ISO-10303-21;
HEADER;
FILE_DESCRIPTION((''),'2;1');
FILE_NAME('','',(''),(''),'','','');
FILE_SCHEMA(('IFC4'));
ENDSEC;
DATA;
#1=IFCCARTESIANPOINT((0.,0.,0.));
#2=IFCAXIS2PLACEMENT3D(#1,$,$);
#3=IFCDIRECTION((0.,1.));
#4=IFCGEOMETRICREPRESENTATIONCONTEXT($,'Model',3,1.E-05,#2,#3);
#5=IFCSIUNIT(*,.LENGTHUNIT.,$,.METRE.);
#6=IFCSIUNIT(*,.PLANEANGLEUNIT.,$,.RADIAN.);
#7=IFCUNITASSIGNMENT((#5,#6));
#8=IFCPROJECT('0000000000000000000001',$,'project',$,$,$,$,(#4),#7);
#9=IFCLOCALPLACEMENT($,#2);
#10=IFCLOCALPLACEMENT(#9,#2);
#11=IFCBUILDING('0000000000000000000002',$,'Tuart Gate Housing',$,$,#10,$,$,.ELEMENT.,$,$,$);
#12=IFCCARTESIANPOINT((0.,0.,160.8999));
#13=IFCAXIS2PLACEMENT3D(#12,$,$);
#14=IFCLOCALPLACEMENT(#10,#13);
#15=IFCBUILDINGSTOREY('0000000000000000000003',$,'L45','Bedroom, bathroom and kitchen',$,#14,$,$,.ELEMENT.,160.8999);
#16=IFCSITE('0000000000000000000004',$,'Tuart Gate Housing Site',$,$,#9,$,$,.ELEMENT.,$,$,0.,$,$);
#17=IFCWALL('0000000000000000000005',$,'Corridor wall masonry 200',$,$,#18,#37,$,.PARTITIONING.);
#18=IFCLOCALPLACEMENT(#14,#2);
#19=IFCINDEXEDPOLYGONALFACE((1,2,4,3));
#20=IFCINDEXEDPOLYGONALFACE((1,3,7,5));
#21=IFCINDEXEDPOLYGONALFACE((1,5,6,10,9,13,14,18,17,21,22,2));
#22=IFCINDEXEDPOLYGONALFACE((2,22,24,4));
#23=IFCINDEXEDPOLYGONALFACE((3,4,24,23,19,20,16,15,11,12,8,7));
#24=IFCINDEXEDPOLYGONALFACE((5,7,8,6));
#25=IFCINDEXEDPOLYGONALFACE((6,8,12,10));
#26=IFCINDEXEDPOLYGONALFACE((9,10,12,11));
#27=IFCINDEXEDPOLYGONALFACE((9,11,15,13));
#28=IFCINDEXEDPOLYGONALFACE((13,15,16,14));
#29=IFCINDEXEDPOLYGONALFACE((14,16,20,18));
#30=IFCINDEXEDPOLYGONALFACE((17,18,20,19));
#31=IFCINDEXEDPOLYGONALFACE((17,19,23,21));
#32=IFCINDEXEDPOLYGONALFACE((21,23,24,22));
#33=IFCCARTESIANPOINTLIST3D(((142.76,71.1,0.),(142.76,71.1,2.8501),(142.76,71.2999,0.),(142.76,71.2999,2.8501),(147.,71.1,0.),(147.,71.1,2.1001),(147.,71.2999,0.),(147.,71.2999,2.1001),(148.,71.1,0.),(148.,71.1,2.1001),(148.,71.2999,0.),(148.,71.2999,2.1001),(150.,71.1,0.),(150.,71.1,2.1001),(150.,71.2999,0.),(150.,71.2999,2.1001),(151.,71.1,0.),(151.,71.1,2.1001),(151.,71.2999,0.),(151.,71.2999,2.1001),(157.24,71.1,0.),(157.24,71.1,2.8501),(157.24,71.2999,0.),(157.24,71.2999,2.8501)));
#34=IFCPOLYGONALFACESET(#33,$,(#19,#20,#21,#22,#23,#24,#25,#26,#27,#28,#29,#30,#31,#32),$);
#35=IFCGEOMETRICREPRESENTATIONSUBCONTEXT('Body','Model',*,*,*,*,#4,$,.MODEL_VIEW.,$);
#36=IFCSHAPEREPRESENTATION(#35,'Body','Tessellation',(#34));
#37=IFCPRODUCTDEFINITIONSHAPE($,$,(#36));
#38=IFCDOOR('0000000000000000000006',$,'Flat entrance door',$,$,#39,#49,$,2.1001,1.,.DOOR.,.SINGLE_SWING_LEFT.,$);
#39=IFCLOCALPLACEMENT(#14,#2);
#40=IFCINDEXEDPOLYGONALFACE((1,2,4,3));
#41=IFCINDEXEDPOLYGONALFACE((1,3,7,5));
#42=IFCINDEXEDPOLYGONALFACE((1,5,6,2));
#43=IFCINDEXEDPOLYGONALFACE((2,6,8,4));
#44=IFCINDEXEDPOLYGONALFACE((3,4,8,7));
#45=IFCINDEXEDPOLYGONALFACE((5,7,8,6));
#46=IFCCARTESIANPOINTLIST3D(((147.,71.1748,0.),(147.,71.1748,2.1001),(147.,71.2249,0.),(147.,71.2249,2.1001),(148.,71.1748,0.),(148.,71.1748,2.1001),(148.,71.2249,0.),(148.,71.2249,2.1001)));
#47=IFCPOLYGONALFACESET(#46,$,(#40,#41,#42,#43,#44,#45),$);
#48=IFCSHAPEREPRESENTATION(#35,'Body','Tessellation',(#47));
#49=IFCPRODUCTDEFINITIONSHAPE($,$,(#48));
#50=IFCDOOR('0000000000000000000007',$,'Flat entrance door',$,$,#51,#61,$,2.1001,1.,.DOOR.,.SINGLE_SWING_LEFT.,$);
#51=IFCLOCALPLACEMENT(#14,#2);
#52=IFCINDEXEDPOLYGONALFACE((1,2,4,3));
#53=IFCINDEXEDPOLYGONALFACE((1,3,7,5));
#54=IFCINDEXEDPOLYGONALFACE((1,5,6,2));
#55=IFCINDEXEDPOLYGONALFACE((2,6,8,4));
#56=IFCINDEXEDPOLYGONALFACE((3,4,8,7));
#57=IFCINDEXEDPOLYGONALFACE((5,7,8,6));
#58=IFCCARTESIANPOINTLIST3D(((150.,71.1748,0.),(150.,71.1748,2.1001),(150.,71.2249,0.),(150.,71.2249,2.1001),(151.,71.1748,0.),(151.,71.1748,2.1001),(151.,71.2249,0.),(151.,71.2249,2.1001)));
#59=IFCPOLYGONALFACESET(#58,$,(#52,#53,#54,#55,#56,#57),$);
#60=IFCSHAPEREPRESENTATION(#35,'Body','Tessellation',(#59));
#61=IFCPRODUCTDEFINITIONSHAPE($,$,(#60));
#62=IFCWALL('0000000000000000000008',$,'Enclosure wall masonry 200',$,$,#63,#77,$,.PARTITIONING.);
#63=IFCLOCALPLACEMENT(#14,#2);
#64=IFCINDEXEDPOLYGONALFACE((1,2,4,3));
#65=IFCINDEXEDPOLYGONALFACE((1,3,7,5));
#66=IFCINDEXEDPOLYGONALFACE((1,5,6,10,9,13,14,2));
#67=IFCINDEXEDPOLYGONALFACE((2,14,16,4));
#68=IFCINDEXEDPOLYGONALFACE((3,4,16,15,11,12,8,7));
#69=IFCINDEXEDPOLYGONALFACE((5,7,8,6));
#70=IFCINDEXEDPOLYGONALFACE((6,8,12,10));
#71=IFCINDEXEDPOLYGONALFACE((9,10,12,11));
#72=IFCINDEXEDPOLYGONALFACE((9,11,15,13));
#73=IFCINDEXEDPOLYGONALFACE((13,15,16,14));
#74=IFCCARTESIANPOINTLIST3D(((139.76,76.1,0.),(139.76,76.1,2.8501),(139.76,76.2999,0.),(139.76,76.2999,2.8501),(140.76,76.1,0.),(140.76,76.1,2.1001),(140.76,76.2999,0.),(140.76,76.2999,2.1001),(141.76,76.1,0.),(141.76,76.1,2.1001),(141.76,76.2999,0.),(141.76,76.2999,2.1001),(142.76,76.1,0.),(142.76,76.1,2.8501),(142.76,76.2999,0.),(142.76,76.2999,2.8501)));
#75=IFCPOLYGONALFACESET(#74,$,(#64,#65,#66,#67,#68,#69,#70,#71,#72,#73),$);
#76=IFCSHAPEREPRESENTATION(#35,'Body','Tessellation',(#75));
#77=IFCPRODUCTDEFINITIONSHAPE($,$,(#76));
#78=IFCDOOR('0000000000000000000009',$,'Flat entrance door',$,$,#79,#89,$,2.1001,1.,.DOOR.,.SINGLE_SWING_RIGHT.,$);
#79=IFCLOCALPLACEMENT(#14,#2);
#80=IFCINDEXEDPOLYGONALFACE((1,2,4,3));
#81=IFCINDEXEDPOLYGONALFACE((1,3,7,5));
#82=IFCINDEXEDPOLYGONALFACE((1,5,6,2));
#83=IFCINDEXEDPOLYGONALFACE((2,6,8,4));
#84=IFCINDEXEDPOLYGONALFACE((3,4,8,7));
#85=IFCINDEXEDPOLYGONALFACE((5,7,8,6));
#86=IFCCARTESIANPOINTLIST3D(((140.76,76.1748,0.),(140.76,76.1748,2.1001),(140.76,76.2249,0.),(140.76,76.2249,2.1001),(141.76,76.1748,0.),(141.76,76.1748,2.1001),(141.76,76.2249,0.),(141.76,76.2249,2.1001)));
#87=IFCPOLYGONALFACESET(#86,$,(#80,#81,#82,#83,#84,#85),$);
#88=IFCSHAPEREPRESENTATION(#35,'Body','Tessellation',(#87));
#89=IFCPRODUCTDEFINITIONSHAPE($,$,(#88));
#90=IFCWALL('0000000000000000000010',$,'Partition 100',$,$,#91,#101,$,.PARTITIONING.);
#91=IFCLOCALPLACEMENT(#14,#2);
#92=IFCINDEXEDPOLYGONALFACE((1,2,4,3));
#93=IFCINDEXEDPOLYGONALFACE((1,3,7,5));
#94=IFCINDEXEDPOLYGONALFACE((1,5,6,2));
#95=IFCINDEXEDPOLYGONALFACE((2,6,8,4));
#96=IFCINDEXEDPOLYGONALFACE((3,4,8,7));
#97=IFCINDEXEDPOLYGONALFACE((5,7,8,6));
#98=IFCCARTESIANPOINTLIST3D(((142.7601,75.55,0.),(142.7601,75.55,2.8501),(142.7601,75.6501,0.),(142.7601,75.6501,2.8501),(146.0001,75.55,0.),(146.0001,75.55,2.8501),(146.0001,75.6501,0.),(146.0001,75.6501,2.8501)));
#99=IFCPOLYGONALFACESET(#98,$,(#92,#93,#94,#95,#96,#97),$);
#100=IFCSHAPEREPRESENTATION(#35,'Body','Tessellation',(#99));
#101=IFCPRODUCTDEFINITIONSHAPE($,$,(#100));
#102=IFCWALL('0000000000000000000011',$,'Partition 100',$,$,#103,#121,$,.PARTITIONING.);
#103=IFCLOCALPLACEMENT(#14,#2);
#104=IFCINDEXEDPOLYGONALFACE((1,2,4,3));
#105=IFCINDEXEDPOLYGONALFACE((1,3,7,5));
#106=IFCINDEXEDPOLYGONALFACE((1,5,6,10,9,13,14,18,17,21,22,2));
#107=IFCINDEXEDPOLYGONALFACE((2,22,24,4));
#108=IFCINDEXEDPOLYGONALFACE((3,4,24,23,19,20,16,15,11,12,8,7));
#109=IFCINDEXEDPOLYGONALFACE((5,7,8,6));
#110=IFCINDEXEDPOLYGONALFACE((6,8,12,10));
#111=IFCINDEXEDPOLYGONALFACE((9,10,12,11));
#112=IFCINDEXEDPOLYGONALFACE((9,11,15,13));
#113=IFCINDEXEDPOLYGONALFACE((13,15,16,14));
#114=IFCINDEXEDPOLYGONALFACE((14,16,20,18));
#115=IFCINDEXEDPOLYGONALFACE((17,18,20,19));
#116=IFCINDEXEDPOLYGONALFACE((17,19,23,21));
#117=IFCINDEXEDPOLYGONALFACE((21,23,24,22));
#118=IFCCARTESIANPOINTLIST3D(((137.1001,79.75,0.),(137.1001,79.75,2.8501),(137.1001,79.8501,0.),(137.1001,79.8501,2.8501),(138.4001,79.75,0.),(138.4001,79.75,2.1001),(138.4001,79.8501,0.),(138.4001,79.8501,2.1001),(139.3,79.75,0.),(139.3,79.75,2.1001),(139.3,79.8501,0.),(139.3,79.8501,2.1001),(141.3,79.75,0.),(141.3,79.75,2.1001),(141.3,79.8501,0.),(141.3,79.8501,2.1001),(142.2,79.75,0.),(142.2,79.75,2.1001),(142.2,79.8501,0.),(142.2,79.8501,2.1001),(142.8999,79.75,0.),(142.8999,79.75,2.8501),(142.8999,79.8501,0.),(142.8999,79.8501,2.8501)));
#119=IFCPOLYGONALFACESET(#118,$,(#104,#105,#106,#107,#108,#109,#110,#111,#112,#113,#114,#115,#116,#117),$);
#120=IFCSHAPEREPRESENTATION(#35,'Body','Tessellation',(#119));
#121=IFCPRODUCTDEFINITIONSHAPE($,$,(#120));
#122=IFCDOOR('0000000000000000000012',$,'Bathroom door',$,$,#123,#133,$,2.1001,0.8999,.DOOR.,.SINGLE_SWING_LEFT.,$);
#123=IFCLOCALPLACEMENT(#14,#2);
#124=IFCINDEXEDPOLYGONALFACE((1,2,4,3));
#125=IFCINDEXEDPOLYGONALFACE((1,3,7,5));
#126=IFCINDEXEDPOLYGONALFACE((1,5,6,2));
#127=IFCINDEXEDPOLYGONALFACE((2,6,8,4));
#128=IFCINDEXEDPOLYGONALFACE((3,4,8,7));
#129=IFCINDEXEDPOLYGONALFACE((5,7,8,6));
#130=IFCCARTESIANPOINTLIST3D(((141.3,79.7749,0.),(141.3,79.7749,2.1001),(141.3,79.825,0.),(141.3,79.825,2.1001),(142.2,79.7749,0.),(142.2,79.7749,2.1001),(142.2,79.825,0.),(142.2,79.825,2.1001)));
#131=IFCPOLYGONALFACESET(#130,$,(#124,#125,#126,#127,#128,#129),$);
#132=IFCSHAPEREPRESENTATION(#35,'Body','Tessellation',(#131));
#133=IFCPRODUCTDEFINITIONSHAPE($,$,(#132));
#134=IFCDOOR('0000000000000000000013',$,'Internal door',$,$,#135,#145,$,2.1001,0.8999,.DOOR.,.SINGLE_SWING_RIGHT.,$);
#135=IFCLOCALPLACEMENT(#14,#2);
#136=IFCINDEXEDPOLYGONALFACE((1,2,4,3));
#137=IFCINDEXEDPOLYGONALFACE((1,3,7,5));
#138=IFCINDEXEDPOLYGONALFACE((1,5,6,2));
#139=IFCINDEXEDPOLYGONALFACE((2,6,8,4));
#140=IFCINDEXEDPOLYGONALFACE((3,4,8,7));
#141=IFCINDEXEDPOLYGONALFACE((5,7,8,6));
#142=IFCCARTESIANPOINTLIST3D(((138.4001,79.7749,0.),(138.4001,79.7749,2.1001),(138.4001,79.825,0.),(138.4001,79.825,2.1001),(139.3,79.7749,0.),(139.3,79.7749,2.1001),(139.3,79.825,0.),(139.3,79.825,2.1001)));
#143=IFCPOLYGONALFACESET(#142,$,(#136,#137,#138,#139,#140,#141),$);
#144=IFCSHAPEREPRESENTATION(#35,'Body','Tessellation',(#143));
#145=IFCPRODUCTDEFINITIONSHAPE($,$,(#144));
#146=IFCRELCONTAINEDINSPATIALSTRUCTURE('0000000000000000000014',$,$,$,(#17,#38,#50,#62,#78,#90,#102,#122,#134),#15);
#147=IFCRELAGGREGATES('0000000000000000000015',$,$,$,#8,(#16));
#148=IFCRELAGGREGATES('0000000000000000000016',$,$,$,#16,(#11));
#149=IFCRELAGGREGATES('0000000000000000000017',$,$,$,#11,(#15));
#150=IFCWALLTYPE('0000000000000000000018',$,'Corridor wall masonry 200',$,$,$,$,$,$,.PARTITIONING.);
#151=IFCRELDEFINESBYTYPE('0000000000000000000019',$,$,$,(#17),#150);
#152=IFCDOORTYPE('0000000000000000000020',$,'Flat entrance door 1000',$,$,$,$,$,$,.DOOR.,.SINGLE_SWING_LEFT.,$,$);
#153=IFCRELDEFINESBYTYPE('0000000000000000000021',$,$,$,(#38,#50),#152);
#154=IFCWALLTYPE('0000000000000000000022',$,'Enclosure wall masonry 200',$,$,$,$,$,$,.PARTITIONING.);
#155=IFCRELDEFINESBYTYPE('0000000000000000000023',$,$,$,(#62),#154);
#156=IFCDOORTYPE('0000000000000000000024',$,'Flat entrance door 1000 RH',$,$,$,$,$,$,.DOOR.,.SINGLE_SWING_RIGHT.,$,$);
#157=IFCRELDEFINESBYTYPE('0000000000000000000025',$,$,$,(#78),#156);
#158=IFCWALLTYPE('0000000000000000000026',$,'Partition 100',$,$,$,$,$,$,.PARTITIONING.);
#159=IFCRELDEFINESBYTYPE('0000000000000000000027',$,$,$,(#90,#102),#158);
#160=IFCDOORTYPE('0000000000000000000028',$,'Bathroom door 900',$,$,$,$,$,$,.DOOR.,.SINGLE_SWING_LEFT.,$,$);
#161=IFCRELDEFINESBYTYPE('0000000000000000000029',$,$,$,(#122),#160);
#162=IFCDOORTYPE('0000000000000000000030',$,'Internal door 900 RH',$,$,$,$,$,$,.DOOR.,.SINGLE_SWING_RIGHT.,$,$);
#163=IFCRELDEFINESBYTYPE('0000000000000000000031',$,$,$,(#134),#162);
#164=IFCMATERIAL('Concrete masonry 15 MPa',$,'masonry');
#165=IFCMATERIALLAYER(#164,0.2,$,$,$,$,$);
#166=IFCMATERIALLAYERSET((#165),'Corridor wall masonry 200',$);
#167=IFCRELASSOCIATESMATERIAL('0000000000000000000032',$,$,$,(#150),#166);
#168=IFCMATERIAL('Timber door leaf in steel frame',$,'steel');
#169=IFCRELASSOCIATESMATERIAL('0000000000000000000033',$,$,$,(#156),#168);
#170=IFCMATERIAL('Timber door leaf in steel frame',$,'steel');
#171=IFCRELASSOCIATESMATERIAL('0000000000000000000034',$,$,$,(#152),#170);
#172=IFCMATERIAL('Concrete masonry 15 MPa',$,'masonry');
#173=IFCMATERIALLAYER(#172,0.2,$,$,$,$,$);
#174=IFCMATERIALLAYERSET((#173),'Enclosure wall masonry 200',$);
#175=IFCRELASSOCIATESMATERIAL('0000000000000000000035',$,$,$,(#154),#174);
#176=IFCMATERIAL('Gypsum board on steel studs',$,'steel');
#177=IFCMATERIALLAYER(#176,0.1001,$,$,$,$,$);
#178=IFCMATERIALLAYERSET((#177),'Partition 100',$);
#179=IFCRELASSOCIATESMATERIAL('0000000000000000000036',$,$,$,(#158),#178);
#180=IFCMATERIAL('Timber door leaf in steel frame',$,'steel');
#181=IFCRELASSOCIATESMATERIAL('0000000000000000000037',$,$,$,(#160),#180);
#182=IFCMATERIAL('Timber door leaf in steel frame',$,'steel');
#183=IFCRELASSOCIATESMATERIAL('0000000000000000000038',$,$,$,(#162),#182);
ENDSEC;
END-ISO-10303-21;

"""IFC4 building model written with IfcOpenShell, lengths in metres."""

from ifc_helpers import new_model, si_unit, direction, frame, frame_2d, origin, place, context, subcontext, project, spatial, rectangle, extrude, material, layer, layer_set, type_object, element, fill, save


model = new_model("IFC4")

# Units and contexts
model_context = context("Model", 3, precision=1e-05, world=origin(), true_north=direction((0.0, 1.0)))
body_context = subcontext(model_context, "Body", "Model", "MODEL_VIEW")
ifc_project = project(units=[si_unit("LENGTHUNIT", "METRE"), si_unit("PLANEANGLEUNIT", "RADIAN")], contexts=[model_context])

# Site, building, storey
site_placement = place(None, origin())
site = spatial("IfcSite", under=ifc_project, at=site_placement, Name="Tuart Gate Housing Site", CompositionType="ELEMENT", RefElevation=0.0)
building_placement = place(site_placement, origin())
building = spatial("IfcBuilding", under=site, at=building_placement, Name="Tuart Gate Housing", CompositionType="ELEMENT")
storey_placement = place(building_placement, frame((0.0, 0.0, 160.8999)))
storey = spatial("IfcBuildingStorey", under=building, at=storey_placement, Name="L45", Description="Bedroom, bathroom and kitchen", CompositionType="ELEMENT", Elevation=160.8999)

# Wall, openings, doors
ifc_material_1 = material(Name="Concrete masonry 15 MPa", Category="masonry")
ifc_layer_1 = layer(ifc_material_1, 0.2)
ifc_layer_set_1 = layer_set([ifc_layer_1], Name="Corridor wall masonry 200")
wall_type_1 = type_object("IfcWallType", Name="Corridor wall masonry 200", PredefinedType="PARTITIONING", material=ifc_layer_set_1)
ifc_material_2 = material(Name="Timber door leaf in steel frame", Category="steel")
door_type_1 = type_object("IfcDoorType", Name="Flat entrance door 1000 RH", OperationType="SINGLE_SWING_RIGHT", PredefinedType="DOOR", material=ifc_material_2)
wall_1_placement = place(storey_placement, frame((142.76, 71.2, 0.0), z_axis=(0.0, 0.0, 1.0), x_axis=(1.0, 0.0, 0.0)))
wall_1 = element("IfcWall", 1, at=wall_1_placement, inside=storey, type_object=wall_type_1, Name="Corridor wall masonry 200", PredefinedType="PARTITIONING", context=body_context, shape_type="SweptSolid", body=[
    extrude(rectangle(XDim=14.48, YDim=0.2, at=frame_2d((7.24, 0.0))), origin(), (0.0, 0.0, 1.0), 2.8501),
])
opening_1_placement = place(wall_1_placement, frame((4.24, 0.0, 0.0)))
opening_1 = element("IfcOpeningElement", 2, at=opening_1_placement, cuts=wall_1, PredefinedType="OPENING", context=body_context, shape_type="SweptSolid", body=[
    extrude(rectangle(XDim=1.0, YDim=2.1001, at=frame_2d((0.5, 1.05))), frame((0.0, 0.1099, 0.0), z_axis=(0.0, -1.0, 0.0), x_axis=(1.0, 0.0, 0.0)), (0.0, 0.0, 1.0), 0.22),
])
opening_2_placement = place(wall_1_placement, frame((7.24, 0.0, 0.0)))
opening_2 = element("IfcOpeningElement", 3, at=opening_2_placement, cuts=wall_1, PredefinedType="OPENING", context=body_context, shape_type="SweptSolid", body=[
    extrude(rectangle(XDim=1.0, YDim=2.1001, at=frame_2d((0.5, 1.05))), frame((0.0, 0.1099, 0.0), z_axis=(0.0, -1.0, 0.0), x_axis=(1.0, 0.0, 0.0)), (0.0, 0.0, 1.0), 0.22),
])
ifc_material_3 = material(Name="Timber door leaf in steel frame", Category="steel")
door_type_2 = type_object("IfcDoorType", Name="Flat entrance door 1000", OperationType="SINGLE_SWING_LEFT", PredefinedType="DOOR", material=ifc_material_3)
door_1_placement = place(opening_1_placement, origin())
door_1 = element("IfcDoor", 4, at=door_1_placement, inside=storey, type_object=door_type_2, Name="Flat entrance door", OperationType="SINGLE_SWING_LEFT", OverallHeight=2.1001, OverallWidth=1.0, PredefinedType="DOOR", context=body_context, shape_type="SweptSolid", body=[
    extrude(rectangle(XDim=1.0, YDim=2.1001, at=frame_2d((0.5, 1.05))), frame((0.0, 0.0249, 0.0), z_axis=(0.0, -1.0, 0.0), x_axis=(1.0, 0.0, 0.0)), (0.0, 0.0, 1.0), 0.05),
])
fill(opening_1, door_1)
door_2_placement = place(opening_2_placement, origin())
door_2 = element("IfcDoor", 5, at=door_2_placement, inside=storey, type_object=door_type_2, Name="Flat entrance door", OperationType="SINGLE_SWING_LEFT", OverallHeight=2.1001, OverallWidth=1.0, PredefinedType="DOOR", context=body_context, shape_type="SweptSolid", body=[
    extrude(rectangle(XDim=1.0, YDim=2.1001, at=frame_2d((0.5, 1.05))), frame((0.0, 0.0249, 0.0), z_axis=(0.0, -1.0, 0.0), x_axis=(1.0, 0.0, 0.0)), (0.0, 0.0, 1.0), 0.05),
])
fill(opening_2, door_2)

# Wall, opening, door
ifc_material_4 = material(Name="Concrete masonry 15 MPa", Category="masonry")
ifc_layer_2 = layer(ifc_material_4, 0.2)
ifc_layer_set_2 = layer_set([ifc_layer_2], Name="Enclosure wall masonry 200")
wall_type_2 = type_object("IfcWallType", Name="Enclosure wall masonry 200", PredefinedType="PARTITIONING", material=ifc_layer_set_2)
wall_2_placement = place(storey_placement, frame((139.76, 76.2, 0.0), z_axis=(0.0, 0.0, 1.0), x_axis=(1.0, 0.0, 0.0)))
wall_2 = element("IfcWall", 6, at=wall_2_placement, inside=storey, type_object=wall_type_2, Name="Enclosure wall masonry 200", PredefinedType="PARTITIONING", context=body_context, shape_type="SweptSolid", body=[
    extrude(rectangle(XDim=3.0, YDim=0.2, at=frame_2d((1.5, 0.0))), origin(), (0.0, 0.0, 1.0), 2.8501),
])
opening_3_placement = place(wall_2_placement, frame((1.0, 0.0, 0.0)))
opening_3 = element("IfcOpeningElement", 7, at=opening_3_placement, cuts=wall_2, PredefinedType="OPENING", context=body_context, shape_type="SweptSolid", body=[
    extrude(rectangle(XDim=1.0, YDim=2.1001, at=frame_2d((0.5, 1.05))), frame((0.0, 0.1099, 0.0), z_axis=(0.0, -1.0, 0.0), x_axis=(1.0, 0.0, 0.0)), (0.0, 0.0, 1.0), 0.22),
])
door_3_placement = place(opening_3_placement, origin())
door_3 = element("IfcDoor", 8, at=door_3_placement, inside=storey, type_object=door_type_1, Name="Flat entrance door", OperationType="SINGLE_SWING_RIGHT", OverallHeight=2.1001, OverallWidth=1.0, PredefinedType="DOOR", context=body_context, shape_type="SweptSolid", body=[
    extrude(rectangle(XDim=1.0, YDim=2.1001, at=frame_2d((0.5, 1.05))), frame((0.0, 0.0249, 0.0), z_axis=(0.0, -1.0, 0.0), x_axis=(1.0, 0.0, 0.0)), (0.0, 0.0, 1.0), 0.05),
])
fill(opening_3, door_3)

# Wall
ifc_material_5 = material(Name="Gypsum board on steel studs", Category="steel")
ifc_layer_3 = layer(ifc_material_5, 0.1001)
ifc_layer_set_3 = layer_set([ifc_layer_3], Name="Partition 100")
wall_type_3 = type_object("IfcWallType", Name="Partition 100", PredefinedType="PARTITIONING", material=ifc_layer_set_3)
wall_3_placement = place(storey_placement, frame((142.76, 75.6001, 0.0), z_axis=(0.0, 0.0, 1.0), x_axis=(1.0, 0.0, 0.0)))
element("IfcWall", 9, at=wall_3_placement, inside=storey, type_object=wall_type_3, Name="Partition 100", PredefinedType="PARTITIONING", context=body_context, shape_type="SweptSolid", body=[
    extrude(rectangle(XDim=3.24, YDim=0.1001, at=frame_2d((1.6201, 0.0))), origin(), (0.0, 0.0, 1.0), 2.8501),
])

# Wall, openings, doors
wall_4_placement = place(storey_placement, frame((137.1001, 79.8, 0.0), z_axis=(0.0, 0.0, 1.0), x_axis=(1.0, 0.0, 0.0)))
wall_4 = element("IfcWall", 10, at=wall_4_placement, inside=storey, type_object=wall_type_3, Name="Partition 100", PredefinedType="PARTITIONING", context=body_context, shape_type="SweptSolid", body=[
    extrude(rectangle(XDim=5.7998, YDim=0.1001, at=frame_2d((2.8999, 0.0))), origin(), (0.0, 0.0, 1.0), 2.8501),
])
opening_4_placement = place(wall_4_placement, frame((1.3, 0.0, 0.0)))
opening_4 = element("IfcOpeningElement", 11, at=opening_4_placement, cuts=wall_4, PredefinedType="OPENING", context=body_context, shape_type="SweptSolid", body=[
    extrude(rectangle(XDim=0.8999, YDim=2.1001, at=frame_2d((0.45, 1.05))), frame((0.0, 0.0601, 0.0), z_axis=(0.0, -1.0, 0.0), x_axis=(1.0, 0.0, 0.0)), (0.0, 0.0, 1.0), 0.1201),
])
opening_5_placement = place(wall_4_placement, frame((4.2, 0.0, 0.0)))
opening_5 = element("IfcOpeningElement", 12, at=opening_5_placement, cuts=wall_4, PredefinedType="OPENING", context=body_context, shape_type="SweptSolid", body=[
    extrude(rectangle(XDim=0.8999, YDim=2.1001, at=frame_2d((0.45, 1.05))), frame((0.0, 0.0601, 0.0), z_axis=(0.0, -1.0, 0.0), x_axis=(1.0, 0.0, 0.0)), (0.0, 0.0, 1.0), 0.1201),
])
ifc_material_6 = material(Name="Timber door leaf in steel frame", Category="steel")
door_type_3 = type_object("IfcDoorType", Name="Bathroom door 900", OperationType="SINGLE_SWING_LEFT", PredefinedType="DOOR", material=ifc_material_6)
door_4_placement = place(opening_5_placement, origin())
door_4 = element("IfcDoor", 13, at=door_4_placement, inside=storey, type_object=door_type_3, Name="Bathroom door", OperationType="SINGLE_SWING_LEFT", OverallHeight=2.1001, OverallWidth=0.8999, PredefinedType="DOOR", context=body_context, shape_type="SweptSolid", body=[
    extrude(rectangle(XDim=0.8999, YDim=2.1001, at=frame_2d((0.45, 1.05))), frame((0.0, 0.0249, 0.0), z_axis=(0.0, -1.0, 0.0), x_axis=(1.0, 0.0, 0.0)), (0.0, 0.0, 1.0), 0.05),
])
fill(opening_5, door_4)
ifc_material_7 = material(Name="Timber door leaf in steel frame", Category="steel")
door_type_4 = type_object("IfcDoorType", Name="Internal door 900 RH", OperationType="SINGLE_SWING_RIGHT", PredefinedType="DOOR", material=ifc_material_7)
door_5_placement = place(opening_4_placement, origin())
door_5 = element("IfcDoor", 14, at=door_5_placement, inside=storey, type_object=door_type_4, Name="Internal door", OperationType="SINGLE_SWING_RIGHT", OverallHeight=2.1001, OverallWidth=0.8999, PredefinedType="DOOR", context=body_context, shape_type="SweptSolid", body=[
    extrude(rectangle(XDim=0.8999, YDim=2.1001, at=frame_2d((0.45, 1.05))), frame((0.0, 0.0249, 0.0), z_axis=(0.0, -1.0, 0.0), x_axis=(1.0, 0.0, 0.0)), (0.0, 0.0, 1.0), 0.05),
])
fill(opening_4, door_5)

save(model, "model.ifc")
